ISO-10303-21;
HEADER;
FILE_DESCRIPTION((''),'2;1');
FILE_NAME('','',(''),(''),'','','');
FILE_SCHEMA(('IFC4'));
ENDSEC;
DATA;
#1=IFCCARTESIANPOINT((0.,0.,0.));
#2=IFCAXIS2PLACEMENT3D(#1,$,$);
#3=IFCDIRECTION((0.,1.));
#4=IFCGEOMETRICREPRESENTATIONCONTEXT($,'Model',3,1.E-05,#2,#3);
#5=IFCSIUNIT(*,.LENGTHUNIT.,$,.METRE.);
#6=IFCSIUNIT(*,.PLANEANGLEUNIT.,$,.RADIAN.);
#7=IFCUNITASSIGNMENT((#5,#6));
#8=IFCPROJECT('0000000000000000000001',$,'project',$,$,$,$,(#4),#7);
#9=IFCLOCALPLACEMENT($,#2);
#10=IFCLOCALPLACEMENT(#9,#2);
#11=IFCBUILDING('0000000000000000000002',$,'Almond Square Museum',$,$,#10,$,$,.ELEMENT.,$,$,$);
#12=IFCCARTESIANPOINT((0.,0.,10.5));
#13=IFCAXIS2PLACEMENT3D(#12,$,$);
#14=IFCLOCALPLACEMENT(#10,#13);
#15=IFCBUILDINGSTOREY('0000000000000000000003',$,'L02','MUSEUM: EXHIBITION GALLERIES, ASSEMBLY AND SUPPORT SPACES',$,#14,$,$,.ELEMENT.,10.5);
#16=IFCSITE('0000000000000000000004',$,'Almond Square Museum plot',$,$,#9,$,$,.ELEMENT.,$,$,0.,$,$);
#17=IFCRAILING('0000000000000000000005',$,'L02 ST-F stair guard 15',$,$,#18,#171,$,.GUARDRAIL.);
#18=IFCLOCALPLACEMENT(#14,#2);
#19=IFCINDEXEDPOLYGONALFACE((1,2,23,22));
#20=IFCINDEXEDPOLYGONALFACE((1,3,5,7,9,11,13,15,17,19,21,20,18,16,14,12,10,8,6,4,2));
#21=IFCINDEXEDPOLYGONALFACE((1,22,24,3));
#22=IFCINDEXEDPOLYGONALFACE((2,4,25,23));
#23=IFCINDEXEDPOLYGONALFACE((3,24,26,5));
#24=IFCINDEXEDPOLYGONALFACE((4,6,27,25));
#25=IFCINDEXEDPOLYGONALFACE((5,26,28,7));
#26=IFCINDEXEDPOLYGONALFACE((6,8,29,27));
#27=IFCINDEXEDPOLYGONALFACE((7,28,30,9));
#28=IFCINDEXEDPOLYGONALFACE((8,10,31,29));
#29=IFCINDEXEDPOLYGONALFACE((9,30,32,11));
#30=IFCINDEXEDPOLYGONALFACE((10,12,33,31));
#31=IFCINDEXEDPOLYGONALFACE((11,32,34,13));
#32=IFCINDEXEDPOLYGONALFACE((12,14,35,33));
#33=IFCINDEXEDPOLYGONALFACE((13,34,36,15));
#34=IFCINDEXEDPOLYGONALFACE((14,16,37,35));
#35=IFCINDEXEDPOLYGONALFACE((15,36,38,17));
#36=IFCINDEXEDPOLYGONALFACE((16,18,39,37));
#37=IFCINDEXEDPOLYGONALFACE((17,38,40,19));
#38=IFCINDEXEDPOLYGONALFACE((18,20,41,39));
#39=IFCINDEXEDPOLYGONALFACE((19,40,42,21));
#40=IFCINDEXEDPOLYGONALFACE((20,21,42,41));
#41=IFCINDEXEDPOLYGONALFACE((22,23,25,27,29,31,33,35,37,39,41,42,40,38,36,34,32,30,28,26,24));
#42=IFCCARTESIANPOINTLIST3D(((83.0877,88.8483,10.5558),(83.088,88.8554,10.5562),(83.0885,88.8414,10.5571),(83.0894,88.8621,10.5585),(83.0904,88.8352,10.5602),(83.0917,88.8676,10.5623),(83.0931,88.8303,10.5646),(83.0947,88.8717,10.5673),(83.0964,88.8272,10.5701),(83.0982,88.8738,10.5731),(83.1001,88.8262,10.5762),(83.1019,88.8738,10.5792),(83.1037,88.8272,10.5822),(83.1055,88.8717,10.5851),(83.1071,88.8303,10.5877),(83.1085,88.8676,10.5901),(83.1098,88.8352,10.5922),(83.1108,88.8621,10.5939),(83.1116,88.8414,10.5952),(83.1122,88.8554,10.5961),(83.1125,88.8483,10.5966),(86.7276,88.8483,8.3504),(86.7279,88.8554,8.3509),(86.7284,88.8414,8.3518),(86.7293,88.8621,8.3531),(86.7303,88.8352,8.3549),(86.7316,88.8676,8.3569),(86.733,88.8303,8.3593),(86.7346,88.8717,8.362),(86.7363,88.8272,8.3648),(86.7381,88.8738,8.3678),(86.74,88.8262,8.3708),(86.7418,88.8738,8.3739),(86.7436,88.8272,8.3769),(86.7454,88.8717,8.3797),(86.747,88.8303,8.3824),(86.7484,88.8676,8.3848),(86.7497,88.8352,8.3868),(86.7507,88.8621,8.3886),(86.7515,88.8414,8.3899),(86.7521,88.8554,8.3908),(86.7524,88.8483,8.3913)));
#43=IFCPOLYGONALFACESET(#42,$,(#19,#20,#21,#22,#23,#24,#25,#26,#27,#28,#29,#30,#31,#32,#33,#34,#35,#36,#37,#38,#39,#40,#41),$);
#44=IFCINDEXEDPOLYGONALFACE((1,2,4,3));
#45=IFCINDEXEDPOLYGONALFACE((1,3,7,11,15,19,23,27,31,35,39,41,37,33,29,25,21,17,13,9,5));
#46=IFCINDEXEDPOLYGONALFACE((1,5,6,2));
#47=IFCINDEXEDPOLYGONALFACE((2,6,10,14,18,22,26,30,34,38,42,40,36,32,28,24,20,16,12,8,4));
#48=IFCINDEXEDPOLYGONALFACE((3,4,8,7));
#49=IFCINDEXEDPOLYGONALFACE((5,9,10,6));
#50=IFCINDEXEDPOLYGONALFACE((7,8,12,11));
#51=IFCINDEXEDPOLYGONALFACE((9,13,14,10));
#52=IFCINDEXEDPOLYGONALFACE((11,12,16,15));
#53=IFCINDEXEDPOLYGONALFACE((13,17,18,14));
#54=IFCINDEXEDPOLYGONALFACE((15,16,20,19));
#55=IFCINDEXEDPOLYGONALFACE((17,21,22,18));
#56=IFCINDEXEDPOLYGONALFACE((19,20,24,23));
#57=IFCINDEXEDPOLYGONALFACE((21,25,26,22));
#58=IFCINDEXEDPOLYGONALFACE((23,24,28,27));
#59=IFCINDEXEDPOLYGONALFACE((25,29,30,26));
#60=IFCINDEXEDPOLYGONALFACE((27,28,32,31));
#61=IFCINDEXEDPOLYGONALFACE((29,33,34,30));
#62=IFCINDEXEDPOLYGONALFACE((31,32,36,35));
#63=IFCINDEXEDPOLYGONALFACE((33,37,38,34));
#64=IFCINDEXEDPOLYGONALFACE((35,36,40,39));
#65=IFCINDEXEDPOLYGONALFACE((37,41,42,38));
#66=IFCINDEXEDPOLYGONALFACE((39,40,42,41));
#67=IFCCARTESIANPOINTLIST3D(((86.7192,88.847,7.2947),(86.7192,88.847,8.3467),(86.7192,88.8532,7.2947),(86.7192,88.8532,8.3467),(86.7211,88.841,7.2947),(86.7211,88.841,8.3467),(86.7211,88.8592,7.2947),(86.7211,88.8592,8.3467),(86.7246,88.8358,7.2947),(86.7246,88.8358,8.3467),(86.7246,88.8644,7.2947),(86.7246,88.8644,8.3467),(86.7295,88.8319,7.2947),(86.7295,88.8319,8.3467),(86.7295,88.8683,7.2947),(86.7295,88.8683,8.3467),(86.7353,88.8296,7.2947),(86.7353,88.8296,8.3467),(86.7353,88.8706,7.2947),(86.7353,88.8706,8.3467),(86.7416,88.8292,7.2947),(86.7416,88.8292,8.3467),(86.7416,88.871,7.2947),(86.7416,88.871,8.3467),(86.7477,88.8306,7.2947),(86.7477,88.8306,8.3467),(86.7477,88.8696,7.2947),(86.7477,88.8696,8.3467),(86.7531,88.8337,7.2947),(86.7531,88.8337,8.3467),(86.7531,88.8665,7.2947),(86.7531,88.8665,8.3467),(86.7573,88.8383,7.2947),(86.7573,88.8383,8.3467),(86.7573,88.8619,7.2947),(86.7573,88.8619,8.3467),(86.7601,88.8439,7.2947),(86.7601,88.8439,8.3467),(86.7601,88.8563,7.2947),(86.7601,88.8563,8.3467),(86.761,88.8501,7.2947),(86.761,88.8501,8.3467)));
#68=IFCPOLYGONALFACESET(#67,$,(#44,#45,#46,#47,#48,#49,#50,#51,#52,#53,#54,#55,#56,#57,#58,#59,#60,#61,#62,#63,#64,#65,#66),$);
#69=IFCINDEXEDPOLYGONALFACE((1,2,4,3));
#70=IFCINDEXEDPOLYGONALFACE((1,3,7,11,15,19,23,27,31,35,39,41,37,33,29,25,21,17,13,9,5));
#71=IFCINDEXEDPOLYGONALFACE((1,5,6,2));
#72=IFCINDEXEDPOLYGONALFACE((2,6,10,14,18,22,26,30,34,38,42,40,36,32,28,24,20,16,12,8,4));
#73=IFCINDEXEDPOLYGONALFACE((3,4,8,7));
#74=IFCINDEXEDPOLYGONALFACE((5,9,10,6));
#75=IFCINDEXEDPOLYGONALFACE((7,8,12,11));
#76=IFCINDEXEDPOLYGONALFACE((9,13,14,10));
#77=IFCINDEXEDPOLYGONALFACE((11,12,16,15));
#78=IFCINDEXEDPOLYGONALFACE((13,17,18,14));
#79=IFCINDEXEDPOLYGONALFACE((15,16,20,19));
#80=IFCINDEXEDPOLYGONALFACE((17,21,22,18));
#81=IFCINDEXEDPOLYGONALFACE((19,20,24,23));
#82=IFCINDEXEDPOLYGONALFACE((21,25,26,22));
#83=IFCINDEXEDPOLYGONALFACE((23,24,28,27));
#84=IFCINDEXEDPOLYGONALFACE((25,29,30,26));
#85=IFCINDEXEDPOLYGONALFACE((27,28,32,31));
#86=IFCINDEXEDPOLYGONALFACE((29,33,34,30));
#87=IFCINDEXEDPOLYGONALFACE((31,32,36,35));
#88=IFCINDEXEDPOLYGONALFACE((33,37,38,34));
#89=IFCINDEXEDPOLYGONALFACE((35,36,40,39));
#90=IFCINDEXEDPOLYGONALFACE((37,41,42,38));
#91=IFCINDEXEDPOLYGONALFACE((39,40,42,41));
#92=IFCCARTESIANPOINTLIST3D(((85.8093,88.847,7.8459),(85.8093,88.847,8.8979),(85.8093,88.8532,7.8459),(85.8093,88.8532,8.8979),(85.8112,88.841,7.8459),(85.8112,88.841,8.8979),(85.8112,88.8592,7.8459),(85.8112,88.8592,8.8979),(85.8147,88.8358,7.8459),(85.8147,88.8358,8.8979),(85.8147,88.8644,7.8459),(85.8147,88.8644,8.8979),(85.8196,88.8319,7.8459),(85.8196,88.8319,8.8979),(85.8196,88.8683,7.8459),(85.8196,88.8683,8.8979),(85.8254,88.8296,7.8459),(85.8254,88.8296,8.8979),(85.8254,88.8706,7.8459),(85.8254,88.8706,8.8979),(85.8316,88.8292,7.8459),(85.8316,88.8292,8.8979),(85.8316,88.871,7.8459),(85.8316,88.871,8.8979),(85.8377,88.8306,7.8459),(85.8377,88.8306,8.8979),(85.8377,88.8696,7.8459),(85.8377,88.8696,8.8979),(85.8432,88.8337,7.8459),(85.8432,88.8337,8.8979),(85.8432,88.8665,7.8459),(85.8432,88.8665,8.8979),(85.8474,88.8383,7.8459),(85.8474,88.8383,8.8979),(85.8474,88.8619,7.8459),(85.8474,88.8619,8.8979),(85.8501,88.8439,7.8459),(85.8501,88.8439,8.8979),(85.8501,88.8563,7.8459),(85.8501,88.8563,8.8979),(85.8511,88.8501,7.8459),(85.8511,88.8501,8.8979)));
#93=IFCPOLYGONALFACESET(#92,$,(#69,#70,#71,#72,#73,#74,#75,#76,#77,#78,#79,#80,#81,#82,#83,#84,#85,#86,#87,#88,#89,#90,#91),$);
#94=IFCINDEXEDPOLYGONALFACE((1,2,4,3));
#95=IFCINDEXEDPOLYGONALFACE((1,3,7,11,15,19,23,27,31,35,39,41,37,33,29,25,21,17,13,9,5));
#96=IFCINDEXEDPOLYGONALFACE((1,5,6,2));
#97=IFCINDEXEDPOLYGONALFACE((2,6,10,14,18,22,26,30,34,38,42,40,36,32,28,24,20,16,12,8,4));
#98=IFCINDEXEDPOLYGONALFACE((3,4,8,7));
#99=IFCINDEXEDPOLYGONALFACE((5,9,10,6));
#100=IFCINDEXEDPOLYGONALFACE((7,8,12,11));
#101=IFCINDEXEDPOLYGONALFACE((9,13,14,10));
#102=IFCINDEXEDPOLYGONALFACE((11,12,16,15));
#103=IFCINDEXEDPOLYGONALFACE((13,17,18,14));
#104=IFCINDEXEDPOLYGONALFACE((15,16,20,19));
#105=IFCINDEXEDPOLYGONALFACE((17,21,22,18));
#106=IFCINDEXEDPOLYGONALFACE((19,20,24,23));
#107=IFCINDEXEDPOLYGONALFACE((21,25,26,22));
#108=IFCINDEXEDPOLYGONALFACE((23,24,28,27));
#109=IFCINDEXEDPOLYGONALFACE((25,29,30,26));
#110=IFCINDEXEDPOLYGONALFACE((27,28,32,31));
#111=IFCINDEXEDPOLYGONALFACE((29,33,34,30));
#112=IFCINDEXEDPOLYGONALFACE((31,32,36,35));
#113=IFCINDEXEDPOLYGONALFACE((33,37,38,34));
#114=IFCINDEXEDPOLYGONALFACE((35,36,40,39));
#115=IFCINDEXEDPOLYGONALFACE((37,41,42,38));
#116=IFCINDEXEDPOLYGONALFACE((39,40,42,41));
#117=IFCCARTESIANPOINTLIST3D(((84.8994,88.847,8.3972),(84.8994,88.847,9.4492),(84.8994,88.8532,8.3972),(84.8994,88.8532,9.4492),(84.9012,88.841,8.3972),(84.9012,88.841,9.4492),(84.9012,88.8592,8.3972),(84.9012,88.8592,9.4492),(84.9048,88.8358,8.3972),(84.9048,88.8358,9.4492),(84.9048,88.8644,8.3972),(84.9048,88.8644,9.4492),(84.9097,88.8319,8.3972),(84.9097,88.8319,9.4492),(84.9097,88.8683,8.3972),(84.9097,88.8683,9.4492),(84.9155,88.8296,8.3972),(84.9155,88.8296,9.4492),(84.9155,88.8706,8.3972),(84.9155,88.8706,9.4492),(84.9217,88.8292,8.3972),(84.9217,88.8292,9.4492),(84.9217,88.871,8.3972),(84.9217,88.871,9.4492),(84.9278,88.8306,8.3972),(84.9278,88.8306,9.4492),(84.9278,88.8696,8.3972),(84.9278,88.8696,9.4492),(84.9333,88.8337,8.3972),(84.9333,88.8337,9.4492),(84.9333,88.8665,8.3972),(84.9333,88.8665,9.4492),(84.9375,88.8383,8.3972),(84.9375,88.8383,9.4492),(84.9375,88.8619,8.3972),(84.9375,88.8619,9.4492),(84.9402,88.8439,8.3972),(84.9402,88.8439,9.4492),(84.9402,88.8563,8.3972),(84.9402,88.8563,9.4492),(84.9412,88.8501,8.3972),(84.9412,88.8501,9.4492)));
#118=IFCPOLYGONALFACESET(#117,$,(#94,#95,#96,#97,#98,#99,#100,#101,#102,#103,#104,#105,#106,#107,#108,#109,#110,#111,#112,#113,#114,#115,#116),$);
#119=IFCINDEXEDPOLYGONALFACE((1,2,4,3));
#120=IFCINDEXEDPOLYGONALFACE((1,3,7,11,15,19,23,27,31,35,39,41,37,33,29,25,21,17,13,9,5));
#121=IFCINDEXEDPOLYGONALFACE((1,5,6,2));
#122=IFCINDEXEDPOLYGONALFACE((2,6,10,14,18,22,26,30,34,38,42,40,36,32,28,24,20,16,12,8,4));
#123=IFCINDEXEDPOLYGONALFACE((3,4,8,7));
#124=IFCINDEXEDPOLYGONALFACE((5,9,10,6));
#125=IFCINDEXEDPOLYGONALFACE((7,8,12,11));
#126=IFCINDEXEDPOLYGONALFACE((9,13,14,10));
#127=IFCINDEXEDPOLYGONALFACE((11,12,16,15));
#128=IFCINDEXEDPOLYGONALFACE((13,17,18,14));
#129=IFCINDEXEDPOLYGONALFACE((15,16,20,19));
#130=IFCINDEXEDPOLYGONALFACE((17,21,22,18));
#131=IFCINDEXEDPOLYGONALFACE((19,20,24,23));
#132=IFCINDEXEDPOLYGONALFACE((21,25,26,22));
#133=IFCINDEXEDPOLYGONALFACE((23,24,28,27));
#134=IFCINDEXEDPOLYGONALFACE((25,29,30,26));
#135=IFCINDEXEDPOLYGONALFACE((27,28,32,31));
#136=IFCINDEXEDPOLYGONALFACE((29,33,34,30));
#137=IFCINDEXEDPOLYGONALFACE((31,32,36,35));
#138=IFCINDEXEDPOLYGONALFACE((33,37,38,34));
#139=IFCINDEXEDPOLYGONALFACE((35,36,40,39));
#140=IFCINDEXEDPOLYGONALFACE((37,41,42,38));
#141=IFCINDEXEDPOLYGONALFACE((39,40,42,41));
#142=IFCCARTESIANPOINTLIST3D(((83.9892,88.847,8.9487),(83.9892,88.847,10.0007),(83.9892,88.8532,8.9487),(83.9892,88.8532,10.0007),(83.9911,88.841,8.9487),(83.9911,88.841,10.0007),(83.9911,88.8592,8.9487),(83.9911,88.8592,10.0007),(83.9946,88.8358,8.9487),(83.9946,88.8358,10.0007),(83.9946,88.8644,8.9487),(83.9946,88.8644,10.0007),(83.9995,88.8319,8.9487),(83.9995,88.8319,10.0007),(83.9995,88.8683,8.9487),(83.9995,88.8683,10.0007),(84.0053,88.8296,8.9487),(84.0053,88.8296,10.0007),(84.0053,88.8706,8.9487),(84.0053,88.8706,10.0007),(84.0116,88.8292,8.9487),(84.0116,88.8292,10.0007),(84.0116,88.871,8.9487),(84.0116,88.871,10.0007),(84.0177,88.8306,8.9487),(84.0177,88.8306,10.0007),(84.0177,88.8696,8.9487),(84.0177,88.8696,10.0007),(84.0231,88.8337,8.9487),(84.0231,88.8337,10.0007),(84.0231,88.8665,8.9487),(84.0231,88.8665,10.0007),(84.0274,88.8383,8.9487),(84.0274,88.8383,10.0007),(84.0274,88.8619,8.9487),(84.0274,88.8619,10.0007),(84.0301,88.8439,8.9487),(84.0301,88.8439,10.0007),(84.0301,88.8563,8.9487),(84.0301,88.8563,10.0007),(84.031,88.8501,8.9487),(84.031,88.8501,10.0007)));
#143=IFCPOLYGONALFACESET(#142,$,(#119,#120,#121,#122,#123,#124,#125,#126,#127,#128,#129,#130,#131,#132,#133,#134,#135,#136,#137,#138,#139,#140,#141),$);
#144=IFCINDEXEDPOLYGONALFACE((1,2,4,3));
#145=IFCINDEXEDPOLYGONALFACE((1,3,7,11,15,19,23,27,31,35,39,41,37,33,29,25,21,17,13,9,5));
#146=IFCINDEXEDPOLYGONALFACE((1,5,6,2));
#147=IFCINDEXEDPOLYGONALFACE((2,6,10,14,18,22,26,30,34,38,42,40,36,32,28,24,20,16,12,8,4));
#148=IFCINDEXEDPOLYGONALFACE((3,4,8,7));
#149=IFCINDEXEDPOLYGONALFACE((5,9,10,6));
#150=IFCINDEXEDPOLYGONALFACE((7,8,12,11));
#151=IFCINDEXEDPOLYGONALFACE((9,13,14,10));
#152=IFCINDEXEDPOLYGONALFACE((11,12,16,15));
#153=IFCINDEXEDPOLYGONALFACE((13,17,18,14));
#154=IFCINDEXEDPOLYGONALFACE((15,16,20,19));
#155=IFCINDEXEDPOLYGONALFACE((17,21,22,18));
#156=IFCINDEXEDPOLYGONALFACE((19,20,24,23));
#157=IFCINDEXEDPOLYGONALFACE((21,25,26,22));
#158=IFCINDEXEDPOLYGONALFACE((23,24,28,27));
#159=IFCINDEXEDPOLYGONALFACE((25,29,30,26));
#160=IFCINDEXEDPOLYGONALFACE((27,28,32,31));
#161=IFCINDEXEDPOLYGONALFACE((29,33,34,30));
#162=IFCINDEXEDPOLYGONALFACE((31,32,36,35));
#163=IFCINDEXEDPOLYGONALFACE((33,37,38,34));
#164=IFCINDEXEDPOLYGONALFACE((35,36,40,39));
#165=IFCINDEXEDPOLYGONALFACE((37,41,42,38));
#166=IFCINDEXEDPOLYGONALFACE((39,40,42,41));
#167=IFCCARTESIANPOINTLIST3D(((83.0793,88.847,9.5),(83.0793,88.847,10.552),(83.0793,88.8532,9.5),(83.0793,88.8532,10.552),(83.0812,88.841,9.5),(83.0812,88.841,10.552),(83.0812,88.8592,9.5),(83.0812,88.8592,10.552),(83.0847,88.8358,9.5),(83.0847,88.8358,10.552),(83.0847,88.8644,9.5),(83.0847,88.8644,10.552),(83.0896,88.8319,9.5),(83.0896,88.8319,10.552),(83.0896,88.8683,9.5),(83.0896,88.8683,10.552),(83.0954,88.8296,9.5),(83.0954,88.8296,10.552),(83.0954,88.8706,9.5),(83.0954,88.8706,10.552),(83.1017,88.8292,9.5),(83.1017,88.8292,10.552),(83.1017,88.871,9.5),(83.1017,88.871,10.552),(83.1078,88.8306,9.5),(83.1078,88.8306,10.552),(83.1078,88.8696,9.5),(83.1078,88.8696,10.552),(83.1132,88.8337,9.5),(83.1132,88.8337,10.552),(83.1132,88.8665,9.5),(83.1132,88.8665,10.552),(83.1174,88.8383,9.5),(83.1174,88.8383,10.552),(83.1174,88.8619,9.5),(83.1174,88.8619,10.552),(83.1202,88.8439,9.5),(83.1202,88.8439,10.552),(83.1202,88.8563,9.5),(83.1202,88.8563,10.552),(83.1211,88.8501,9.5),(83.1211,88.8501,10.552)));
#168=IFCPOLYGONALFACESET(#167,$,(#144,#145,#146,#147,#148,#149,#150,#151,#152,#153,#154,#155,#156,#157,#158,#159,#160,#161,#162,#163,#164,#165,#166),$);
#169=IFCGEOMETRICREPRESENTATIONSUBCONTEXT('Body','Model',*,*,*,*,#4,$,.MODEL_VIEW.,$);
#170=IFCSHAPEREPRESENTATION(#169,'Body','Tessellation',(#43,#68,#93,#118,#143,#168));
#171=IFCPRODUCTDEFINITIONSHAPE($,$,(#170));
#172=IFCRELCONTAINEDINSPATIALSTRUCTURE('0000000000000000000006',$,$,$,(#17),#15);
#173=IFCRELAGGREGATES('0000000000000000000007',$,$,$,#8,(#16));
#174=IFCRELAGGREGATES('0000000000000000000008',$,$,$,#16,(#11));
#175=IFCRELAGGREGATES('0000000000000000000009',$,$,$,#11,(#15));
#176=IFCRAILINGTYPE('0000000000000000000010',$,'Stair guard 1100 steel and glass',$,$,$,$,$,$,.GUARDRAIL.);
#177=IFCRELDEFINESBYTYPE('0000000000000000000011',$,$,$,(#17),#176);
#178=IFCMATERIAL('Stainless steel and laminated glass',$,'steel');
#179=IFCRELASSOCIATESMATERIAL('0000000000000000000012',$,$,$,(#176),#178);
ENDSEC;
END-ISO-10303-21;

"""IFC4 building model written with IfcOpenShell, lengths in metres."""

from ifc_helpers import new_model, si_unit, direction, frame, origin, origin_2d, place, context, subcontext, project, spatial, circle, extrude, material, type_object, element, save


model = new_model("IFC4")

# Units and contexts
model_context = context("Model", 3, precision=1e-05, world=origin(), true_north=direction((0.0, 1.0)))
body_context = subcontext(model_context, "Body", "Model", "MODEL_VIEW")
ifc_project = project(units=[si_unit("LENGTHUNIT", "METRE"), si_unit("PLANEANGLEUNIT", "RADIAN")], contexts=[model_context])

# Site, building, storey
site_placement = place(None, origin())
site = spatial("IfcSite", under=ifc_project, at=site_placement, Name="Almond Square Museum plot", CompositionType="ELEMENT", RefElevation=0.0)
building_placement = place(site_placement, origin())
building = spatial("IfcBuilding", under=site, at=building_placement, Name="Almond Square Museum", CompositionType="ELEMENT")
storey_placement = place(building_placement, frame((0.0, 0.0, 10.5)))
storey = spatial("IfcBuildingStorey", under=building, at=storey_placement, Name="L02", Description="MUSEUM: EXHIBITION GALLERIES, ASSEMBLY AND SUPPORT SPACES", CompositionType="ELEMENT", Elevation=10.5)

# Railing
ifc_material_1 = material(Name="Stainless steel and laminated glass", Category="steel")
railing_type_1 = type_object("IfcRailingType", Name="Stair guard 1100 steel and glass", PredefinedType="GUARDRAIL", material=ifc_material_1)
railing_1_placement = place(storey_placement, frame((86.74, 88.8501, 7.2947)))
element("IfcRailing", 1, at=railing_1_placement, inside=storey, type_object=railing_type_1, Name="L02 ST-F stair guard 15", PredefinedType="GUARDRAIL", context=body_context, shape_type="SweptSolid", body=[
    extrude(circle(Radius=0.0239, at=origin_2d()), frame((0.0, 0.0, 1.0762), z_axis=(-0.855268, 0.0, 0.518186), x_axis=(0.0, -1.0, 0.0)), (0.0, 0.0, 1.0), 4.2559),
    extrude(circle(Radius=0.021, at=origin_2d()), origin(), (0.0, 0.0, 1.0), 1.052),
    extrude(circle(Radius=0.021, at=origin_2d()), frame((-0.9099, 0.0, 0.5513)), (0.0, 0.0, 1.0), 1.052),
    extrude(circle(Radius=0.021, at=origin_2d()), frame((-1.8198, 0.0, 1.1025)), (0.0, 0.0, 1.0), 1.052),
    extrude(circle(Radius=0.021, at=origin_2d()), frame((-2.73, 0.0, 1.6541)), (0.0, 0.0, 1.0), 1.052),
    extrude(circle(Radius=0.021, at=origin_2d()), frame((-3.6399, 0.0, 2.2053)), (0.0, 0.0, 1.0), 1.052),
])

save(model, "model.ifc")
